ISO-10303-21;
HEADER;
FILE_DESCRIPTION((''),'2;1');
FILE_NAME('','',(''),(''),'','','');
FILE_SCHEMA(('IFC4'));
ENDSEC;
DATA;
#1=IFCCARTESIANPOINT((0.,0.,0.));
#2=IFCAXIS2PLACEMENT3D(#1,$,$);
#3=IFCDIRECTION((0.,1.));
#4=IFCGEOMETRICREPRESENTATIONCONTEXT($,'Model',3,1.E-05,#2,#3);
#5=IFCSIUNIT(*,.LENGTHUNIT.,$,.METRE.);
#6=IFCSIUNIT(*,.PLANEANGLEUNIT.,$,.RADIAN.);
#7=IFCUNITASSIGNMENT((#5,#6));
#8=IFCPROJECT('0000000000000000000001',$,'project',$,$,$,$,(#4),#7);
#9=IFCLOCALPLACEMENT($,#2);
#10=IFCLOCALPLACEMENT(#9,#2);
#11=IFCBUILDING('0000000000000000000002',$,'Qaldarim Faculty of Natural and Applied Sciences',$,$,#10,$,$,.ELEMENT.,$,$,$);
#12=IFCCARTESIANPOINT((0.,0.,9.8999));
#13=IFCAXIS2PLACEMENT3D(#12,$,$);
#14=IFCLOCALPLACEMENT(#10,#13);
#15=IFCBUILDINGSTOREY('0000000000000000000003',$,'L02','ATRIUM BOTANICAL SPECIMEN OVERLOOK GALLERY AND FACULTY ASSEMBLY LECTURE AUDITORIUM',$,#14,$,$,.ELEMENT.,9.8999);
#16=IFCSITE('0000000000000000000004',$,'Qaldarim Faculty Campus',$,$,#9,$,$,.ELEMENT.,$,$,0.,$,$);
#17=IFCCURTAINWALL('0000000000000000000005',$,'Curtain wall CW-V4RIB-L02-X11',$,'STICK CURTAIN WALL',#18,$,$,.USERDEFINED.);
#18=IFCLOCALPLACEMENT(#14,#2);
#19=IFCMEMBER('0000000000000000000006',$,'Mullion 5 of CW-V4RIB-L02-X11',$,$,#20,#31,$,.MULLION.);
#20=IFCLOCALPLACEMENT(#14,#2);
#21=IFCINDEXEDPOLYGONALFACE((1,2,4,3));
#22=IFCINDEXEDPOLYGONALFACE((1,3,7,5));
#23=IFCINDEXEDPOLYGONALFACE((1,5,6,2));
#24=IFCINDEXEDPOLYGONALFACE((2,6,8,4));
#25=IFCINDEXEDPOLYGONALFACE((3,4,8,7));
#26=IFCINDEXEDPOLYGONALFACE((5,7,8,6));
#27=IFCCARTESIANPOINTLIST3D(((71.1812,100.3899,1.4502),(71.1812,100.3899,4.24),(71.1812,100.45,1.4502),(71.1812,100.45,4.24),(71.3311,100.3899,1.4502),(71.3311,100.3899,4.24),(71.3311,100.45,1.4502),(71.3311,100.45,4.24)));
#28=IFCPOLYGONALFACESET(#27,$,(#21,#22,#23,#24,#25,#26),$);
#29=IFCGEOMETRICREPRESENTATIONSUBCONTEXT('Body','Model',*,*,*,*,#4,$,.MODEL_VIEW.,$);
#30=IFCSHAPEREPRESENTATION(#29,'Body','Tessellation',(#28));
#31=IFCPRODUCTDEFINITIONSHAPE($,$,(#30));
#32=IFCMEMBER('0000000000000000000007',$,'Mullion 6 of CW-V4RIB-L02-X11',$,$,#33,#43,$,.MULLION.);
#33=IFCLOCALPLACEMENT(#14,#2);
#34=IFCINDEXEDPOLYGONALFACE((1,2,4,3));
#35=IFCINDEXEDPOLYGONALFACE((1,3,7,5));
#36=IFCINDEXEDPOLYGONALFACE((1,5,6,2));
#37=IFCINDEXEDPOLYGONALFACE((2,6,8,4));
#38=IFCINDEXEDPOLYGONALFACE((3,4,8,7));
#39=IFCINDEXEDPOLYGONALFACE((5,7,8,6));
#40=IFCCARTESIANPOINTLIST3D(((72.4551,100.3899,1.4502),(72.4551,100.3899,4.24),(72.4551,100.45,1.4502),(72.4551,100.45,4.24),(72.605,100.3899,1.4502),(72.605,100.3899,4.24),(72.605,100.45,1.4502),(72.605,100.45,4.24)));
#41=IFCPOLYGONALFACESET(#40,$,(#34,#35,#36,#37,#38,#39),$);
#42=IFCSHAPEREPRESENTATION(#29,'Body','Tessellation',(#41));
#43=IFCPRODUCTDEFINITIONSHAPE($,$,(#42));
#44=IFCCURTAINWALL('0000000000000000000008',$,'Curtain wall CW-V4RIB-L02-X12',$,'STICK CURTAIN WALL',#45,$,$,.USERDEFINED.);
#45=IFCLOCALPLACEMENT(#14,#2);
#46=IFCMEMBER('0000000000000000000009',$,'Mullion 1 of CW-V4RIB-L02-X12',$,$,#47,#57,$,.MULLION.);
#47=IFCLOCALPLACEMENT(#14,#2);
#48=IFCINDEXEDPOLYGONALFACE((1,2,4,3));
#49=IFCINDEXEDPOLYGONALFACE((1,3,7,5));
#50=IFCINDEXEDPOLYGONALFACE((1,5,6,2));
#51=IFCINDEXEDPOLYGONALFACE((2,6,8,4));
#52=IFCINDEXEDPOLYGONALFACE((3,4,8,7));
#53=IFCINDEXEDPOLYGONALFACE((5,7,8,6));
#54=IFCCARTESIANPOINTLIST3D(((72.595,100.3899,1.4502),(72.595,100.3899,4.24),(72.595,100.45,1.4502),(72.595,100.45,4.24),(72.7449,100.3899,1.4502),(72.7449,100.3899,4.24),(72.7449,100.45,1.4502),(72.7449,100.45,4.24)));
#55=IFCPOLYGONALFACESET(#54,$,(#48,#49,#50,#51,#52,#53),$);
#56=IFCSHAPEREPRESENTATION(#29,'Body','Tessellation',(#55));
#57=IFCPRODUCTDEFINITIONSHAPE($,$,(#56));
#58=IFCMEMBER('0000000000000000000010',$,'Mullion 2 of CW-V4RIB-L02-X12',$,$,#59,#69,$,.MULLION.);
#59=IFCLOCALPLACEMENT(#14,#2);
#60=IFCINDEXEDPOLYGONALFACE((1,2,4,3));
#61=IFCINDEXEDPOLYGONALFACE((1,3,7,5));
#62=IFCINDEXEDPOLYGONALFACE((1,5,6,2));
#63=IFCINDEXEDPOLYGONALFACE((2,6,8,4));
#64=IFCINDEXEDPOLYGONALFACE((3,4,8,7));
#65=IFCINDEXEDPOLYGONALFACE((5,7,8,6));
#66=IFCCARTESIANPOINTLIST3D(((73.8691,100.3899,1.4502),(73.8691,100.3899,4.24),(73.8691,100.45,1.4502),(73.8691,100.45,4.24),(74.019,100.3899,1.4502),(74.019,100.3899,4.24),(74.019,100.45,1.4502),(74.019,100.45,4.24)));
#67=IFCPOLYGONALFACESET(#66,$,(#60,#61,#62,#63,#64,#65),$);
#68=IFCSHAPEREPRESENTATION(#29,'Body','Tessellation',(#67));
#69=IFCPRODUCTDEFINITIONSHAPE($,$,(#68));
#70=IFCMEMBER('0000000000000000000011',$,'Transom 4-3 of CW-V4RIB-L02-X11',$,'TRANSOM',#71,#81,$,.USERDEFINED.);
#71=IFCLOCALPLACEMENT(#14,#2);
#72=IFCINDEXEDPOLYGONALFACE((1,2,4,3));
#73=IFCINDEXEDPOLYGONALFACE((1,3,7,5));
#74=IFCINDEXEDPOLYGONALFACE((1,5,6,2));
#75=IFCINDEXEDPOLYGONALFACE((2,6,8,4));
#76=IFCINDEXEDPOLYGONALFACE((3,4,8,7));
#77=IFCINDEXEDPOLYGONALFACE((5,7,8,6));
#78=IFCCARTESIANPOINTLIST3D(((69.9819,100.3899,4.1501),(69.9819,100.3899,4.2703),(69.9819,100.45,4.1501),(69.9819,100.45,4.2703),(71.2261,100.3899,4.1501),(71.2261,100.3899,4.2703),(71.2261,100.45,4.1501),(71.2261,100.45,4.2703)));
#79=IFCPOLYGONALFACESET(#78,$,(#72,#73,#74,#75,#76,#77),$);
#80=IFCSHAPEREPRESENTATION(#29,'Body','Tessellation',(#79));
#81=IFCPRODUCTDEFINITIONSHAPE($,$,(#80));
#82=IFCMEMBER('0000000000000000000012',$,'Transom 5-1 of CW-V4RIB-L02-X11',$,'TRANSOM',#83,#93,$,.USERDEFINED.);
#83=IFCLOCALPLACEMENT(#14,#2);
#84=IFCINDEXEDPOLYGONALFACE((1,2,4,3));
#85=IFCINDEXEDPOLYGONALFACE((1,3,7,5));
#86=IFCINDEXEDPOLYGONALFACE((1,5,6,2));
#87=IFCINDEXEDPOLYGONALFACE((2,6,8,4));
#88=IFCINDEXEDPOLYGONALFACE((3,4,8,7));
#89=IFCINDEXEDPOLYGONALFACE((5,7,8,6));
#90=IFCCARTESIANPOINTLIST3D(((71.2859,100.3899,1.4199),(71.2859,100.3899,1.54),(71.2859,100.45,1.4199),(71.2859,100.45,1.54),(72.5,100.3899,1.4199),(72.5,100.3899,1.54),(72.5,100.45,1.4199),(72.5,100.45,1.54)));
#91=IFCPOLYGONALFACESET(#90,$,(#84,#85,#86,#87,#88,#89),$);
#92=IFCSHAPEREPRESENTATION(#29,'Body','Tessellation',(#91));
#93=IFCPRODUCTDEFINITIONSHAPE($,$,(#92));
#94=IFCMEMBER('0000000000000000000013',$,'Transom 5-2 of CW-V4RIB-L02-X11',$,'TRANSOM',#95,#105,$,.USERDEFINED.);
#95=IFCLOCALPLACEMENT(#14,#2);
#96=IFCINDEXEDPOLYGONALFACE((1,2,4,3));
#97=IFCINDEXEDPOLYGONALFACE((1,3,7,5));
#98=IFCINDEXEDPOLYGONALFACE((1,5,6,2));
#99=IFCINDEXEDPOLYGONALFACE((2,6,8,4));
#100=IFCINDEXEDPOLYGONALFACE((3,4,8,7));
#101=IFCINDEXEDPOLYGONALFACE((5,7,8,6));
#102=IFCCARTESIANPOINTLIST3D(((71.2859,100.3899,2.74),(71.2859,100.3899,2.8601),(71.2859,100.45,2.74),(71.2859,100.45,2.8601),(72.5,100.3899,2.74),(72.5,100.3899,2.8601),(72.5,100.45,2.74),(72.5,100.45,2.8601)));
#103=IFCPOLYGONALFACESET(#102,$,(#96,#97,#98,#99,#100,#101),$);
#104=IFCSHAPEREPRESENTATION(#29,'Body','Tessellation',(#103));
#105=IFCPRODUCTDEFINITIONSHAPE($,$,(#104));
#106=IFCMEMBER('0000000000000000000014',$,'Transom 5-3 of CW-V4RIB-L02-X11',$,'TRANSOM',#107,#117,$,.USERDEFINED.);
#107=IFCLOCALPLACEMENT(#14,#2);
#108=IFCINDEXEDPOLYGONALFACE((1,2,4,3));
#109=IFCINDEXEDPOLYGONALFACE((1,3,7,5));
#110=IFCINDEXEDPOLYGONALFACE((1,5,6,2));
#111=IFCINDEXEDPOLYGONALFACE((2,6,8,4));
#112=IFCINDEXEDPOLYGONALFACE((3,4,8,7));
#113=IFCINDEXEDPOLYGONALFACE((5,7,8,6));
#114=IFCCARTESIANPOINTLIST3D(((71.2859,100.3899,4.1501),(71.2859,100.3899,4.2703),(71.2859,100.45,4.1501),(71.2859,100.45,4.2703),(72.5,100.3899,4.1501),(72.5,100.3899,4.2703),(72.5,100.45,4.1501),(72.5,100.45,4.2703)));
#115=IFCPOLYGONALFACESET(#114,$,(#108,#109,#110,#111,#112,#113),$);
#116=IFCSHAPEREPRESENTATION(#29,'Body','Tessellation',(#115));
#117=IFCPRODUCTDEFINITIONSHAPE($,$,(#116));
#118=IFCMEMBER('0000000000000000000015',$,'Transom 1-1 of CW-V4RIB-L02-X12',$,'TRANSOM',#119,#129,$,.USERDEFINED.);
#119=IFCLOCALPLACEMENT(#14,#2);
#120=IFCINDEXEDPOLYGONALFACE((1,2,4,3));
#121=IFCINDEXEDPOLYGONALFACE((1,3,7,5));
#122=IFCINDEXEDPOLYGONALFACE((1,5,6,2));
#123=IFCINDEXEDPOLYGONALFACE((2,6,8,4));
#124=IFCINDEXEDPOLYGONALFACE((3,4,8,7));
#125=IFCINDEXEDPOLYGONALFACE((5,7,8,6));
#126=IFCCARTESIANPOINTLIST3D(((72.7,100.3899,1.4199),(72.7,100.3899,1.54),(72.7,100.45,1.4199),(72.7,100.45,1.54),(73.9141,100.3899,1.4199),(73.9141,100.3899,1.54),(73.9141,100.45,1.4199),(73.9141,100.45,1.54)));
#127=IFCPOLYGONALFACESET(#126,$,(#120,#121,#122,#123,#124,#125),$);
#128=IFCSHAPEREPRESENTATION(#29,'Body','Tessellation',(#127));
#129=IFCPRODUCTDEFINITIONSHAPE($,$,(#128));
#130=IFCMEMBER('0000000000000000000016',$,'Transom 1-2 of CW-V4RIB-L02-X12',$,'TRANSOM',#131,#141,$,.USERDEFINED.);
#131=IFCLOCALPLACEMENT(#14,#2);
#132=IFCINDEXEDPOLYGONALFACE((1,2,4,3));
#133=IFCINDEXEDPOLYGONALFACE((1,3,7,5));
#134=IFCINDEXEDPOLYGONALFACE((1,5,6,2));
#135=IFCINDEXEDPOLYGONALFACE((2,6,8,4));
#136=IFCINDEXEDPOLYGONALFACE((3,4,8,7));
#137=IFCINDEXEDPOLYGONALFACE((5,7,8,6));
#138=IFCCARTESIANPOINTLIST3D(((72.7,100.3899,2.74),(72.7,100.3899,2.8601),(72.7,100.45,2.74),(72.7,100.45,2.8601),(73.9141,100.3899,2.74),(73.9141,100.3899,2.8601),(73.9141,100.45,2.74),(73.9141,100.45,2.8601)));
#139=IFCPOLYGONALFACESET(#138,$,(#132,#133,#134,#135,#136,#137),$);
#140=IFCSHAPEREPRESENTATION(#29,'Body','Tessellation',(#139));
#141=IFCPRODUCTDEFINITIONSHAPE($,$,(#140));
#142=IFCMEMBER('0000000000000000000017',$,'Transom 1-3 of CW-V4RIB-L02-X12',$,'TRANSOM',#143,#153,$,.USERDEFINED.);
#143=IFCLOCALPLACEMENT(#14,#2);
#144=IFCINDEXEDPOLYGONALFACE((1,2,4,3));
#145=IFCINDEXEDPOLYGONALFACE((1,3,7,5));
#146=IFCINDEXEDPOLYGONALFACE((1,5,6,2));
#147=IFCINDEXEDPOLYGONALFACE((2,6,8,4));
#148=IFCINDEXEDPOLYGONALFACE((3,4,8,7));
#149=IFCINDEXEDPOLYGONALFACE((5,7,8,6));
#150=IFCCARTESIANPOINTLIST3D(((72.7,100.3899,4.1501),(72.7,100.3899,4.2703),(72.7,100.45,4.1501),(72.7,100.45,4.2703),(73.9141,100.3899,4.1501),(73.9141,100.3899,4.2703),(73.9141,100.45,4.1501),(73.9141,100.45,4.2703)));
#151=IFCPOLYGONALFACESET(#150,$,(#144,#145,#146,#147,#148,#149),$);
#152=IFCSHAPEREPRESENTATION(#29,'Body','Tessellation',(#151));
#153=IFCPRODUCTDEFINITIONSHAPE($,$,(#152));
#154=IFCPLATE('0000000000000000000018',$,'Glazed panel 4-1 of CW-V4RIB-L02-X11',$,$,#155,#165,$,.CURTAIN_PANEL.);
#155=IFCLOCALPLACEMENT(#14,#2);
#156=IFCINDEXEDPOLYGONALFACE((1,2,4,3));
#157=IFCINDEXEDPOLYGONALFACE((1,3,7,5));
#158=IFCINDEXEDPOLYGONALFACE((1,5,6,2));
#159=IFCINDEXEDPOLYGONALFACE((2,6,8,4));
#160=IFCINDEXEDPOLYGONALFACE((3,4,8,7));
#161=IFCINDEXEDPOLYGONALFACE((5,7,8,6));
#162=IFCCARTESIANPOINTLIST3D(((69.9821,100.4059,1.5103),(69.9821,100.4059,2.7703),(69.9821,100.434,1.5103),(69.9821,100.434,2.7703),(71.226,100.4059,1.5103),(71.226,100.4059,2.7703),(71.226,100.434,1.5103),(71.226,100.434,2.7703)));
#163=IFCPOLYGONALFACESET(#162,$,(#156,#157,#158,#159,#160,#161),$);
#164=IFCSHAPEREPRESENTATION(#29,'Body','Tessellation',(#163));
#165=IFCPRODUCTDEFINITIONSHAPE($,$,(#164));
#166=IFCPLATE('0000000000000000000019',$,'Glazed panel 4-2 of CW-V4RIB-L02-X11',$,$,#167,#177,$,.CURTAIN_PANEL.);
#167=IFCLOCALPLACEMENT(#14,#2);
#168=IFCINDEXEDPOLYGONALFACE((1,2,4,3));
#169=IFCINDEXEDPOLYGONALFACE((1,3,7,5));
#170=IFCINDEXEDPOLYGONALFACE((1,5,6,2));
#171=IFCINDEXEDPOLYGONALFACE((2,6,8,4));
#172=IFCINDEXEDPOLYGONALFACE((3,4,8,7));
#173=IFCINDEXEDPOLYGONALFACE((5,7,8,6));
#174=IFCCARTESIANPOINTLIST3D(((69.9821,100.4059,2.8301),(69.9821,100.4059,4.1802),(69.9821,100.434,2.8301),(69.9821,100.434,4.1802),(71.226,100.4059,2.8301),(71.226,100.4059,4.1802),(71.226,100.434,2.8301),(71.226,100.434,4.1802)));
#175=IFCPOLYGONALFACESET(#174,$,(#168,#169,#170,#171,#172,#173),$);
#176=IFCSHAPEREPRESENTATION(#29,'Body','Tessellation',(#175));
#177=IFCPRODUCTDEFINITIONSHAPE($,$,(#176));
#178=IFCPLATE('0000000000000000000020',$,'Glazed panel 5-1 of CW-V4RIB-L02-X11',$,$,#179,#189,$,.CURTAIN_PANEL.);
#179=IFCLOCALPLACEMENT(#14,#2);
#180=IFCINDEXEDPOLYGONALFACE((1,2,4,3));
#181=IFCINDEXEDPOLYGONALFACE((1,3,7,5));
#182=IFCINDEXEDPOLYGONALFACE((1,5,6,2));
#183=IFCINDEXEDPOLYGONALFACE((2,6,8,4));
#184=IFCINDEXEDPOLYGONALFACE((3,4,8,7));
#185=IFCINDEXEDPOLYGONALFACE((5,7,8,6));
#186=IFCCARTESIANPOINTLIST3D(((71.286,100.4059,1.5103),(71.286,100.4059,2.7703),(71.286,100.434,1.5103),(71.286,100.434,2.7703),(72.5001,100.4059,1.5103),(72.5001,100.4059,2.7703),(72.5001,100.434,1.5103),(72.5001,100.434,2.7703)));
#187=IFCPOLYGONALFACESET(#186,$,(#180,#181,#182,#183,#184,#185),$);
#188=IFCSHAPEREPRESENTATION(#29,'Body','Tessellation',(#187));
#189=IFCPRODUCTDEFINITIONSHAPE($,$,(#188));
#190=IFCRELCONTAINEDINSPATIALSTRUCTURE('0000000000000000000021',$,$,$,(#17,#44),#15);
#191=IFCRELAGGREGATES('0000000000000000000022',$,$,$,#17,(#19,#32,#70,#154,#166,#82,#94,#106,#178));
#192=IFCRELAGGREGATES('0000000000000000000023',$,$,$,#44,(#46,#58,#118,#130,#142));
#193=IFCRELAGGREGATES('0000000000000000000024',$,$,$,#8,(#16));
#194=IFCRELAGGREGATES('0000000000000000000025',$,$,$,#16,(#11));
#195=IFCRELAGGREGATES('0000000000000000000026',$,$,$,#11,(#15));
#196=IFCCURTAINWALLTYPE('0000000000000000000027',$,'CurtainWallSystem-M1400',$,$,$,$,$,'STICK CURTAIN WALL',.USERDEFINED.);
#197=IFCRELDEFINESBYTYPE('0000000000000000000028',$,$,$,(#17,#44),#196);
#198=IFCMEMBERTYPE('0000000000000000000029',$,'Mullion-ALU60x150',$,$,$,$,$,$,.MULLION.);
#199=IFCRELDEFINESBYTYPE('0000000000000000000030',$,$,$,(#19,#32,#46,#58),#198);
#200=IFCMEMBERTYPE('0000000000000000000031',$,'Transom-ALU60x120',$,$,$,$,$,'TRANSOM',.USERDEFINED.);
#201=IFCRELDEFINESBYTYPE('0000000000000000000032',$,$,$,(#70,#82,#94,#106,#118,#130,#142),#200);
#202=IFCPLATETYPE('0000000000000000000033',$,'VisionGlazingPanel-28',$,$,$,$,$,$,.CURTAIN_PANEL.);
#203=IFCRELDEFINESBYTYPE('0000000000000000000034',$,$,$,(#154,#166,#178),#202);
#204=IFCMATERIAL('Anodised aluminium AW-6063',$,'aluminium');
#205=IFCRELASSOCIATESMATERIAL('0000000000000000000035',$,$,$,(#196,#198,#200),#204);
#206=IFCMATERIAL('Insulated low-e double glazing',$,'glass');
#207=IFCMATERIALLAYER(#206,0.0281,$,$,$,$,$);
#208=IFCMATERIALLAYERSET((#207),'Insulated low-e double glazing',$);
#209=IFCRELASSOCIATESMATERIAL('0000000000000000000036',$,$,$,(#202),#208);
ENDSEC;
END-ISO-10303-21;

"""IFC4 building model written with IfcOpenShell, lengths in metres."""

from ifc_helpers import new_model, si_unit, direction, frame, origin, origin_2d, place, context, subcontext, project, spatial, rectangle, extrude, material, layer, layer_set, material_profile, profile_set, type_object, element, aggregate, save


model = new_model("IFC4")

# Units and contexts
model_context = context("Model", 3, precision=1e-05, world=origin(), true_north=direction((0.0, 1.0)))
body_context = subcontext(model_context, "Body", "Model", "MODEL_VIEW")
ifc_project = project(units=[si_unit("LENGTHUNIT", "METRE"), si_unit("PLANEANGLEUNIT", "RADIAN")], contexts=[model_context])

# Site, building, storey
site_placement = place(None, origin())
site = spatial("IfcSite", under=ifc_project, at=site_placement, Name="Qaldarim Faculty Campus", CompositionType="ELEMENT", RefElevation=0.0)
building_placement = place(site_placement, origin())
building = spatial("IfcBuilding", under=site, at=building_placement, Name="Qaldarim Faculty of Natural and Applied Sciences", CompositionType="ELEMENT")
storey_placement = place(building_placement, frame((0.0, 0.0, 9.8999)))
storey = spatial("IfcBuildingStorey", under=building, at=storey_placement, Name="L02", Description="ATRIUM BOTANICAL SPECIMEN OVERLOOK GALLERY AND FACULTY ASSEMBLY LECTURE AUDITORIUM", CompositionType="ELEMENT", Elevation=9.8999)

# Curtain walls, members
ifc_material_1 = material(Name="Anodised aluminium AW-6063", Category="aluminium")
curtain_wall_type = type_object("IfcCurtainWallType", Name="CurtainWallSystem-M1400", ElementType="STICK CURTAIN WALL", PredefinedType="USERDEFINED", material=ifc_material_1)
curtain_wall_1_placement = place(storey_placement, origin())
curtain_wall_1 = element("IfcCurtainWall", 1, at=curtain_wall_1_placement, inside=storey, type_object=curtain_wall_type, Name="Curtain wall CW-V4RIB-L02-X11", ObjectType="STICK CURTAIN WALL", PredefinedType="USERDEFINED")
ifc_material_profile_1 = material_profile(ifc_material_1, rectangle(XDim=0.0601, YDim=0.1499, at=origin_2d()), Name="ALU-M60x150")
ifc_profile_set_1 = profile_set([ifc_material_profile_1], Name="Anodised aluminium AW-6063")
member_type_1 = type_object("IfcMemberType", Name="Mullion-ALU60x150", PredefinedType="MULLION", material=ifc_profile_set_1)
member_1_placement = place(storey_placement, frame((71.2561, 100.4199, 1.4502), z_axis=(0.0, 0.0, 1.0), x_axis=(0.0, 1.0, 0.0)))
member_1 = element("IfcMember", 2, at=member_1_placement, type_object=member_type_1, Name="Mullion 5 of CW-V4RIB-L02-X11", PredefinedType="MULLION", context=body_context, shape_type="SweptSolid", body=[
    extrude(rectangle(XDim=0.0601, YDim=0.1499, at=origin_2d()), origin(), (0.0, 0.0, 1.0), 2.7898),
])
member_2_placement = place(storey_placement, frame((72.53, 100.4199, 1.4502), z_axis=(0.0, 0.0, 1.0), x_axis=(0.0, 1.0, 0.0)))
member_2 = element("IfcMember", 3, at=member_2_placement, type_object=member_type_1, Name="Mullion 6 of CW-V4RIB-L02-X11", PredefinedType="MULLION", context=body_context, shape_type="SweptSolid", body=[
    extrude(rectangle(XDim=0.0601, YDim=0.1499, at=origin_2d()), origin(), (0.0, 0.0, 1.0), 2.7898),
])
curtain_wall_2_placement = place(storey_placement, origin())
curtain_wall_2 = element("IfcCurtainWall", 4, at=curtain_wall_2_placement, inside=storey, type_object=curtain_wall_type, Name="Curtain wall CW-V4RIB-L02-X12", ObjectType="STICK CURTAIN WALL", PredefinedType="USERDEFINED")
member_3_placement = place(storey_placement, frame((72.6699, 100.4199, 1.4502), z_axis=(0.0, 0.0, 1.0), x_axis=(0.0, 1.0, 0.0)))
member_3 = element("IfcMember", 5, at=member_3_placement, type_object=member_type_1, Name="Mullion 1 of CW-V4RIB-L02-X12", PredefinedType="MULLION", context=body_context, shape_type="SweptSolid", body=[
    extrude(rectangle(XDim=0.0601, YDim=0.1499, at=origin_2d()), origin(), (0.0, 0.0, 1.0), 2.7898),
])
member_4_placement = place(storey_placement, frame((73.9441, 100.4199, 1.4502), z_axis=(0.0, 0.0, 1.0), x_axis=(0.0, 1.0, 0.0)))
member_4 = element("IfcMember", 6, at=member_4_placement, type_object=member_type_1, Name="Mullion 2 of CW-V4RIB-L02-X12", PredefinedType="MULLION", context=body_context, shape_type="SweptSolid", body=[
    extrude(rectangle(XDim=0.0601, YDim=0.1499, at=origin_2d()), origin(), (0.0, 0.0, 1.0), 2.7898),
])

# Members
ifc_material_profile_2 = material_profile(ifc_material_1, rectangle(XDim=0.0601, YDim=0.1201, at=origin_2d()), Name="ALU-T60x120")
ifc_profile_set_2 = profile_set([ifc_material_profile_2], Name="Anodised aluminium AW-6063")
member_type_2 = type_object("IfcMemberType", Name="Transom-ALU60x120", ElementType="TRANSOM", PredefinedType="USERDEFINED", material=ifc_profile_set_2)
member_5_placement = place(storey_placement, frame((69.9819, 100.4199, 4.2102), z_axis=(1.0, 0.0, 0.0), x_axis=(0.0, 1.0, 0.0)))
member_5 = element("IfcMember", 7, at=member_5_placement, type_object=member_type_2, Name="Transom 4-3 of CW-V4RIB-L02-X11", ObjectType="TRANSOM", PredefinedType="USERDEFINED", context=body_context, shape_type="SweptSolid", body=[
    extrude(rectangle(XDim=0.0601, YDim=0.1201, at=origin_2d()), origin(), (0.0, 0.0, 1.0), 1.2441),
])
member_6_placement = place(storey_placement, frame((71.2859, 100.4199, 1.48), z_axis=(1.0, 0.0, 0.0), x_axis=(0.0, 1.0, 0.0)))
member_6 = element("IfcMember", 8, at=member_6_placement, type_object=member_type_2, Name="Transom 5-1 of CW-V4RIB-L02-X11", ObjectType="TRANSOM", PredefinedType="USERDEFINED", context=body_context, shape_type="SweptSolid", body=[
    extrude(rectangle(XDim=0.0601, YDim=0.1201, at=origin_2d()), origin(), (0.0, 0.0, 1.0), 1.2141),
])
member_7_placement = place(storey_placement, frame((71.2859, 100.4199, 2.8), z_axis=(1.0, 0.0, 0.0), x_axis=(0.0, 1.0, 0.0)))
member_7 = element("IfcMember", 9, at=member_7_placement, type_object=member_type_2, Name="Transom 5-2 of CW-V4RIB-L02-X11", ObjectType="TRANSOM", PredefinedType="USERDEFINED", context=body_context, shape_type="SweptSolid", body=[
    extrude(rectangle(XDim=0.0601, YDim=0.1201, at=origin_2d()), origin(), (0.0, 0.0, 1.0), 1.2141),
])
member_8_placement = place(storey_placement, frame((71.2859, 100.4199, 4.2102), z_axis=(1.0, 0.0, 0.0), x_axis=(0.0, 1.0, 0.0)))
member_8 = element("IfcMember", 10, at=member_8_placement, type_object=member_type_2, Name="Transom 5-3 of CW-V4RIB-L02-X11", ObjectType="TRANSOM", PredefinedType="USERDEFINED", context=body_context, shape_type="SweptSolid", body=[
    extrude(rectangle(XDim=0.0601, YDim=0.1201, at=origin_2d()), origin(), (0.0, 0.0, 1.0), 1.2141),
])
member_9_placement = place(storey_placement, frame((72.7, 100.4199, 1.48), z_axis=(1.0, 0.0, 0.0), x_axis=(0.0, 1.0, 0.0)))
member_9 = element("IfcMember", 11, at=member_9_placement, type_object=member_type_2, Name="Transom 1-1 of CW-V4RIB-L02-X12", ObjectType="TRANSOM", PredefinedType="USERDEFINED", context=body_context, shape_type="SweptSolid", body=[
    extrude(rectangle(XDim=0.0601, YDim=0.1201, at=origin_2d()), origin(), (0.0, 0.0, 1.0), 1.2141),
])
member_10_placement = place(storey_placement, frame((72.7, 100.4199, 2.8), z_axis=(1.0, 0.0, 0.0), x_axis=(0.0, 1.0, 0.0)))
member_10 = element("IfcMember", 12, at=member_10_placement, type_object=member_type_2, Name="Transom 1-2 of CW-V4RIB-L02-X12", ObjectType="TRANSOM", PredefinedType="USERDEFINED", context=body_context, shape_type="SweptSolid", body=[
    extrude(rectangle(XDim=0.0601, YDim=0.1201, at=origin_2d()), origin(), (0.0, 0.0, 1.0), 1.2141),
])
member_11_placement = place(storey_placement, frame((72.7, 100.4199, 4.2102), z_axis=(1.0, 0.0, 0.0), x_axis=(0.0, 1.0, 0.0)))
member_11 = element("IfcMember", 13, at=member_11_placement, type_object=member_type_2, Name="Transom 1-3 of CW-V4RIB-L02-X12", ObjectType="TRANSOM", PredefinedType="USERDEFINED", context=body_context, shape_type="SweptSolid", body=[
    extrude(rectangle(XDim=0.0601, YDim=0.1201, at=origin_2d()), origin(), (0.0, 0.0, 1.0), 1.2141),
])

# Plates
ifc_material_2 = material(Name="Insulated low-e double glazing", Category="glass")
ifc_layer_1 = layer(ifc_material_2, 0.0281)
ifc_layer_set_1 = layer_set([ifc_layer_1], Name="Insulated low-e double glazing")
plate_type = type_object("IfcPlateType", Name="VisionGlazingPanel-28", PredefinedType="CURTAIN_PANEL", material=ifc_layer_set_1)
plate_1_placement = place(storey_placement, frame((70.604, 100.4199, 1.5103), z_axis=(0.0, 0.0, 1.0), x_axis=(1.0, 0.0, 0.0)))
plate_1 = element("IfcPlate", 14, at=plate_1_placement, type_object=plate_type, Name="Glazed panel 4-1 of CW-V4RIB-L02-X11", PredefinedType="CURTAIN_PANEL", context=body_context, shape_type="SweptSolid", body=[
    extrude(rectangle(XDim=1.2439, YDim=0.0281, at=origin_2d()), origin(), (0.0, 0.0, 1.0), 1.26),
])
plate_2_placement = place(storey_placement, frame((70.604, 100.4199, 2.8301), z_axis=(0.0, 0.0, 1.0), x_axis=(1.0, 0.0, 0.0)))
plate_2 = element("IfcPlate", 15, at=plate_2_placement, type_object=plate_type, Name="Glazed panel 4-2 of CW-V4RIB-L02-X11", PredefinedType="CURTAIN_PANEL", context=body_context, shape_type="SweptSolid", body=[
    extrude(rectangle(XDim=1.2439, YDim=0.0281, at=origin_2d()), origin(), (0.0, 0.0, 1.0), 1.3501),
])
plate_3_placement = place(storey_placement, frame((71.8931, 100.4199, 1.5103), z_axis=(0.0, 0.0, 1.0), x_axis=(1.0, 0.0, 0.0)))
plate_3 = element("IfcPlate", 16, at=plate_3_placement, type_object=plate_type, Name="Glazed panel 5-1 of CW-V4RIB-L02-X11", PredefinedType="CURTAIN_PANEL", context=body_context, shape_type="SweptSolid", body=[
    extrude(rectangle(XDim=1.2141, YDim=0.0281, at=origin_2d()), origin(), (0.0, 0.0, 1.0), 1.26),
])
aggregate(curtain_wall_1, [member_1, member_2, member_5, plate_1, plate_2, member_6, member_7, member_8, plate_3])
aggregate(curtain_wall_2, [member_3, member_4, member_9, member_10, member_11])

save(model, "model.ifc")
